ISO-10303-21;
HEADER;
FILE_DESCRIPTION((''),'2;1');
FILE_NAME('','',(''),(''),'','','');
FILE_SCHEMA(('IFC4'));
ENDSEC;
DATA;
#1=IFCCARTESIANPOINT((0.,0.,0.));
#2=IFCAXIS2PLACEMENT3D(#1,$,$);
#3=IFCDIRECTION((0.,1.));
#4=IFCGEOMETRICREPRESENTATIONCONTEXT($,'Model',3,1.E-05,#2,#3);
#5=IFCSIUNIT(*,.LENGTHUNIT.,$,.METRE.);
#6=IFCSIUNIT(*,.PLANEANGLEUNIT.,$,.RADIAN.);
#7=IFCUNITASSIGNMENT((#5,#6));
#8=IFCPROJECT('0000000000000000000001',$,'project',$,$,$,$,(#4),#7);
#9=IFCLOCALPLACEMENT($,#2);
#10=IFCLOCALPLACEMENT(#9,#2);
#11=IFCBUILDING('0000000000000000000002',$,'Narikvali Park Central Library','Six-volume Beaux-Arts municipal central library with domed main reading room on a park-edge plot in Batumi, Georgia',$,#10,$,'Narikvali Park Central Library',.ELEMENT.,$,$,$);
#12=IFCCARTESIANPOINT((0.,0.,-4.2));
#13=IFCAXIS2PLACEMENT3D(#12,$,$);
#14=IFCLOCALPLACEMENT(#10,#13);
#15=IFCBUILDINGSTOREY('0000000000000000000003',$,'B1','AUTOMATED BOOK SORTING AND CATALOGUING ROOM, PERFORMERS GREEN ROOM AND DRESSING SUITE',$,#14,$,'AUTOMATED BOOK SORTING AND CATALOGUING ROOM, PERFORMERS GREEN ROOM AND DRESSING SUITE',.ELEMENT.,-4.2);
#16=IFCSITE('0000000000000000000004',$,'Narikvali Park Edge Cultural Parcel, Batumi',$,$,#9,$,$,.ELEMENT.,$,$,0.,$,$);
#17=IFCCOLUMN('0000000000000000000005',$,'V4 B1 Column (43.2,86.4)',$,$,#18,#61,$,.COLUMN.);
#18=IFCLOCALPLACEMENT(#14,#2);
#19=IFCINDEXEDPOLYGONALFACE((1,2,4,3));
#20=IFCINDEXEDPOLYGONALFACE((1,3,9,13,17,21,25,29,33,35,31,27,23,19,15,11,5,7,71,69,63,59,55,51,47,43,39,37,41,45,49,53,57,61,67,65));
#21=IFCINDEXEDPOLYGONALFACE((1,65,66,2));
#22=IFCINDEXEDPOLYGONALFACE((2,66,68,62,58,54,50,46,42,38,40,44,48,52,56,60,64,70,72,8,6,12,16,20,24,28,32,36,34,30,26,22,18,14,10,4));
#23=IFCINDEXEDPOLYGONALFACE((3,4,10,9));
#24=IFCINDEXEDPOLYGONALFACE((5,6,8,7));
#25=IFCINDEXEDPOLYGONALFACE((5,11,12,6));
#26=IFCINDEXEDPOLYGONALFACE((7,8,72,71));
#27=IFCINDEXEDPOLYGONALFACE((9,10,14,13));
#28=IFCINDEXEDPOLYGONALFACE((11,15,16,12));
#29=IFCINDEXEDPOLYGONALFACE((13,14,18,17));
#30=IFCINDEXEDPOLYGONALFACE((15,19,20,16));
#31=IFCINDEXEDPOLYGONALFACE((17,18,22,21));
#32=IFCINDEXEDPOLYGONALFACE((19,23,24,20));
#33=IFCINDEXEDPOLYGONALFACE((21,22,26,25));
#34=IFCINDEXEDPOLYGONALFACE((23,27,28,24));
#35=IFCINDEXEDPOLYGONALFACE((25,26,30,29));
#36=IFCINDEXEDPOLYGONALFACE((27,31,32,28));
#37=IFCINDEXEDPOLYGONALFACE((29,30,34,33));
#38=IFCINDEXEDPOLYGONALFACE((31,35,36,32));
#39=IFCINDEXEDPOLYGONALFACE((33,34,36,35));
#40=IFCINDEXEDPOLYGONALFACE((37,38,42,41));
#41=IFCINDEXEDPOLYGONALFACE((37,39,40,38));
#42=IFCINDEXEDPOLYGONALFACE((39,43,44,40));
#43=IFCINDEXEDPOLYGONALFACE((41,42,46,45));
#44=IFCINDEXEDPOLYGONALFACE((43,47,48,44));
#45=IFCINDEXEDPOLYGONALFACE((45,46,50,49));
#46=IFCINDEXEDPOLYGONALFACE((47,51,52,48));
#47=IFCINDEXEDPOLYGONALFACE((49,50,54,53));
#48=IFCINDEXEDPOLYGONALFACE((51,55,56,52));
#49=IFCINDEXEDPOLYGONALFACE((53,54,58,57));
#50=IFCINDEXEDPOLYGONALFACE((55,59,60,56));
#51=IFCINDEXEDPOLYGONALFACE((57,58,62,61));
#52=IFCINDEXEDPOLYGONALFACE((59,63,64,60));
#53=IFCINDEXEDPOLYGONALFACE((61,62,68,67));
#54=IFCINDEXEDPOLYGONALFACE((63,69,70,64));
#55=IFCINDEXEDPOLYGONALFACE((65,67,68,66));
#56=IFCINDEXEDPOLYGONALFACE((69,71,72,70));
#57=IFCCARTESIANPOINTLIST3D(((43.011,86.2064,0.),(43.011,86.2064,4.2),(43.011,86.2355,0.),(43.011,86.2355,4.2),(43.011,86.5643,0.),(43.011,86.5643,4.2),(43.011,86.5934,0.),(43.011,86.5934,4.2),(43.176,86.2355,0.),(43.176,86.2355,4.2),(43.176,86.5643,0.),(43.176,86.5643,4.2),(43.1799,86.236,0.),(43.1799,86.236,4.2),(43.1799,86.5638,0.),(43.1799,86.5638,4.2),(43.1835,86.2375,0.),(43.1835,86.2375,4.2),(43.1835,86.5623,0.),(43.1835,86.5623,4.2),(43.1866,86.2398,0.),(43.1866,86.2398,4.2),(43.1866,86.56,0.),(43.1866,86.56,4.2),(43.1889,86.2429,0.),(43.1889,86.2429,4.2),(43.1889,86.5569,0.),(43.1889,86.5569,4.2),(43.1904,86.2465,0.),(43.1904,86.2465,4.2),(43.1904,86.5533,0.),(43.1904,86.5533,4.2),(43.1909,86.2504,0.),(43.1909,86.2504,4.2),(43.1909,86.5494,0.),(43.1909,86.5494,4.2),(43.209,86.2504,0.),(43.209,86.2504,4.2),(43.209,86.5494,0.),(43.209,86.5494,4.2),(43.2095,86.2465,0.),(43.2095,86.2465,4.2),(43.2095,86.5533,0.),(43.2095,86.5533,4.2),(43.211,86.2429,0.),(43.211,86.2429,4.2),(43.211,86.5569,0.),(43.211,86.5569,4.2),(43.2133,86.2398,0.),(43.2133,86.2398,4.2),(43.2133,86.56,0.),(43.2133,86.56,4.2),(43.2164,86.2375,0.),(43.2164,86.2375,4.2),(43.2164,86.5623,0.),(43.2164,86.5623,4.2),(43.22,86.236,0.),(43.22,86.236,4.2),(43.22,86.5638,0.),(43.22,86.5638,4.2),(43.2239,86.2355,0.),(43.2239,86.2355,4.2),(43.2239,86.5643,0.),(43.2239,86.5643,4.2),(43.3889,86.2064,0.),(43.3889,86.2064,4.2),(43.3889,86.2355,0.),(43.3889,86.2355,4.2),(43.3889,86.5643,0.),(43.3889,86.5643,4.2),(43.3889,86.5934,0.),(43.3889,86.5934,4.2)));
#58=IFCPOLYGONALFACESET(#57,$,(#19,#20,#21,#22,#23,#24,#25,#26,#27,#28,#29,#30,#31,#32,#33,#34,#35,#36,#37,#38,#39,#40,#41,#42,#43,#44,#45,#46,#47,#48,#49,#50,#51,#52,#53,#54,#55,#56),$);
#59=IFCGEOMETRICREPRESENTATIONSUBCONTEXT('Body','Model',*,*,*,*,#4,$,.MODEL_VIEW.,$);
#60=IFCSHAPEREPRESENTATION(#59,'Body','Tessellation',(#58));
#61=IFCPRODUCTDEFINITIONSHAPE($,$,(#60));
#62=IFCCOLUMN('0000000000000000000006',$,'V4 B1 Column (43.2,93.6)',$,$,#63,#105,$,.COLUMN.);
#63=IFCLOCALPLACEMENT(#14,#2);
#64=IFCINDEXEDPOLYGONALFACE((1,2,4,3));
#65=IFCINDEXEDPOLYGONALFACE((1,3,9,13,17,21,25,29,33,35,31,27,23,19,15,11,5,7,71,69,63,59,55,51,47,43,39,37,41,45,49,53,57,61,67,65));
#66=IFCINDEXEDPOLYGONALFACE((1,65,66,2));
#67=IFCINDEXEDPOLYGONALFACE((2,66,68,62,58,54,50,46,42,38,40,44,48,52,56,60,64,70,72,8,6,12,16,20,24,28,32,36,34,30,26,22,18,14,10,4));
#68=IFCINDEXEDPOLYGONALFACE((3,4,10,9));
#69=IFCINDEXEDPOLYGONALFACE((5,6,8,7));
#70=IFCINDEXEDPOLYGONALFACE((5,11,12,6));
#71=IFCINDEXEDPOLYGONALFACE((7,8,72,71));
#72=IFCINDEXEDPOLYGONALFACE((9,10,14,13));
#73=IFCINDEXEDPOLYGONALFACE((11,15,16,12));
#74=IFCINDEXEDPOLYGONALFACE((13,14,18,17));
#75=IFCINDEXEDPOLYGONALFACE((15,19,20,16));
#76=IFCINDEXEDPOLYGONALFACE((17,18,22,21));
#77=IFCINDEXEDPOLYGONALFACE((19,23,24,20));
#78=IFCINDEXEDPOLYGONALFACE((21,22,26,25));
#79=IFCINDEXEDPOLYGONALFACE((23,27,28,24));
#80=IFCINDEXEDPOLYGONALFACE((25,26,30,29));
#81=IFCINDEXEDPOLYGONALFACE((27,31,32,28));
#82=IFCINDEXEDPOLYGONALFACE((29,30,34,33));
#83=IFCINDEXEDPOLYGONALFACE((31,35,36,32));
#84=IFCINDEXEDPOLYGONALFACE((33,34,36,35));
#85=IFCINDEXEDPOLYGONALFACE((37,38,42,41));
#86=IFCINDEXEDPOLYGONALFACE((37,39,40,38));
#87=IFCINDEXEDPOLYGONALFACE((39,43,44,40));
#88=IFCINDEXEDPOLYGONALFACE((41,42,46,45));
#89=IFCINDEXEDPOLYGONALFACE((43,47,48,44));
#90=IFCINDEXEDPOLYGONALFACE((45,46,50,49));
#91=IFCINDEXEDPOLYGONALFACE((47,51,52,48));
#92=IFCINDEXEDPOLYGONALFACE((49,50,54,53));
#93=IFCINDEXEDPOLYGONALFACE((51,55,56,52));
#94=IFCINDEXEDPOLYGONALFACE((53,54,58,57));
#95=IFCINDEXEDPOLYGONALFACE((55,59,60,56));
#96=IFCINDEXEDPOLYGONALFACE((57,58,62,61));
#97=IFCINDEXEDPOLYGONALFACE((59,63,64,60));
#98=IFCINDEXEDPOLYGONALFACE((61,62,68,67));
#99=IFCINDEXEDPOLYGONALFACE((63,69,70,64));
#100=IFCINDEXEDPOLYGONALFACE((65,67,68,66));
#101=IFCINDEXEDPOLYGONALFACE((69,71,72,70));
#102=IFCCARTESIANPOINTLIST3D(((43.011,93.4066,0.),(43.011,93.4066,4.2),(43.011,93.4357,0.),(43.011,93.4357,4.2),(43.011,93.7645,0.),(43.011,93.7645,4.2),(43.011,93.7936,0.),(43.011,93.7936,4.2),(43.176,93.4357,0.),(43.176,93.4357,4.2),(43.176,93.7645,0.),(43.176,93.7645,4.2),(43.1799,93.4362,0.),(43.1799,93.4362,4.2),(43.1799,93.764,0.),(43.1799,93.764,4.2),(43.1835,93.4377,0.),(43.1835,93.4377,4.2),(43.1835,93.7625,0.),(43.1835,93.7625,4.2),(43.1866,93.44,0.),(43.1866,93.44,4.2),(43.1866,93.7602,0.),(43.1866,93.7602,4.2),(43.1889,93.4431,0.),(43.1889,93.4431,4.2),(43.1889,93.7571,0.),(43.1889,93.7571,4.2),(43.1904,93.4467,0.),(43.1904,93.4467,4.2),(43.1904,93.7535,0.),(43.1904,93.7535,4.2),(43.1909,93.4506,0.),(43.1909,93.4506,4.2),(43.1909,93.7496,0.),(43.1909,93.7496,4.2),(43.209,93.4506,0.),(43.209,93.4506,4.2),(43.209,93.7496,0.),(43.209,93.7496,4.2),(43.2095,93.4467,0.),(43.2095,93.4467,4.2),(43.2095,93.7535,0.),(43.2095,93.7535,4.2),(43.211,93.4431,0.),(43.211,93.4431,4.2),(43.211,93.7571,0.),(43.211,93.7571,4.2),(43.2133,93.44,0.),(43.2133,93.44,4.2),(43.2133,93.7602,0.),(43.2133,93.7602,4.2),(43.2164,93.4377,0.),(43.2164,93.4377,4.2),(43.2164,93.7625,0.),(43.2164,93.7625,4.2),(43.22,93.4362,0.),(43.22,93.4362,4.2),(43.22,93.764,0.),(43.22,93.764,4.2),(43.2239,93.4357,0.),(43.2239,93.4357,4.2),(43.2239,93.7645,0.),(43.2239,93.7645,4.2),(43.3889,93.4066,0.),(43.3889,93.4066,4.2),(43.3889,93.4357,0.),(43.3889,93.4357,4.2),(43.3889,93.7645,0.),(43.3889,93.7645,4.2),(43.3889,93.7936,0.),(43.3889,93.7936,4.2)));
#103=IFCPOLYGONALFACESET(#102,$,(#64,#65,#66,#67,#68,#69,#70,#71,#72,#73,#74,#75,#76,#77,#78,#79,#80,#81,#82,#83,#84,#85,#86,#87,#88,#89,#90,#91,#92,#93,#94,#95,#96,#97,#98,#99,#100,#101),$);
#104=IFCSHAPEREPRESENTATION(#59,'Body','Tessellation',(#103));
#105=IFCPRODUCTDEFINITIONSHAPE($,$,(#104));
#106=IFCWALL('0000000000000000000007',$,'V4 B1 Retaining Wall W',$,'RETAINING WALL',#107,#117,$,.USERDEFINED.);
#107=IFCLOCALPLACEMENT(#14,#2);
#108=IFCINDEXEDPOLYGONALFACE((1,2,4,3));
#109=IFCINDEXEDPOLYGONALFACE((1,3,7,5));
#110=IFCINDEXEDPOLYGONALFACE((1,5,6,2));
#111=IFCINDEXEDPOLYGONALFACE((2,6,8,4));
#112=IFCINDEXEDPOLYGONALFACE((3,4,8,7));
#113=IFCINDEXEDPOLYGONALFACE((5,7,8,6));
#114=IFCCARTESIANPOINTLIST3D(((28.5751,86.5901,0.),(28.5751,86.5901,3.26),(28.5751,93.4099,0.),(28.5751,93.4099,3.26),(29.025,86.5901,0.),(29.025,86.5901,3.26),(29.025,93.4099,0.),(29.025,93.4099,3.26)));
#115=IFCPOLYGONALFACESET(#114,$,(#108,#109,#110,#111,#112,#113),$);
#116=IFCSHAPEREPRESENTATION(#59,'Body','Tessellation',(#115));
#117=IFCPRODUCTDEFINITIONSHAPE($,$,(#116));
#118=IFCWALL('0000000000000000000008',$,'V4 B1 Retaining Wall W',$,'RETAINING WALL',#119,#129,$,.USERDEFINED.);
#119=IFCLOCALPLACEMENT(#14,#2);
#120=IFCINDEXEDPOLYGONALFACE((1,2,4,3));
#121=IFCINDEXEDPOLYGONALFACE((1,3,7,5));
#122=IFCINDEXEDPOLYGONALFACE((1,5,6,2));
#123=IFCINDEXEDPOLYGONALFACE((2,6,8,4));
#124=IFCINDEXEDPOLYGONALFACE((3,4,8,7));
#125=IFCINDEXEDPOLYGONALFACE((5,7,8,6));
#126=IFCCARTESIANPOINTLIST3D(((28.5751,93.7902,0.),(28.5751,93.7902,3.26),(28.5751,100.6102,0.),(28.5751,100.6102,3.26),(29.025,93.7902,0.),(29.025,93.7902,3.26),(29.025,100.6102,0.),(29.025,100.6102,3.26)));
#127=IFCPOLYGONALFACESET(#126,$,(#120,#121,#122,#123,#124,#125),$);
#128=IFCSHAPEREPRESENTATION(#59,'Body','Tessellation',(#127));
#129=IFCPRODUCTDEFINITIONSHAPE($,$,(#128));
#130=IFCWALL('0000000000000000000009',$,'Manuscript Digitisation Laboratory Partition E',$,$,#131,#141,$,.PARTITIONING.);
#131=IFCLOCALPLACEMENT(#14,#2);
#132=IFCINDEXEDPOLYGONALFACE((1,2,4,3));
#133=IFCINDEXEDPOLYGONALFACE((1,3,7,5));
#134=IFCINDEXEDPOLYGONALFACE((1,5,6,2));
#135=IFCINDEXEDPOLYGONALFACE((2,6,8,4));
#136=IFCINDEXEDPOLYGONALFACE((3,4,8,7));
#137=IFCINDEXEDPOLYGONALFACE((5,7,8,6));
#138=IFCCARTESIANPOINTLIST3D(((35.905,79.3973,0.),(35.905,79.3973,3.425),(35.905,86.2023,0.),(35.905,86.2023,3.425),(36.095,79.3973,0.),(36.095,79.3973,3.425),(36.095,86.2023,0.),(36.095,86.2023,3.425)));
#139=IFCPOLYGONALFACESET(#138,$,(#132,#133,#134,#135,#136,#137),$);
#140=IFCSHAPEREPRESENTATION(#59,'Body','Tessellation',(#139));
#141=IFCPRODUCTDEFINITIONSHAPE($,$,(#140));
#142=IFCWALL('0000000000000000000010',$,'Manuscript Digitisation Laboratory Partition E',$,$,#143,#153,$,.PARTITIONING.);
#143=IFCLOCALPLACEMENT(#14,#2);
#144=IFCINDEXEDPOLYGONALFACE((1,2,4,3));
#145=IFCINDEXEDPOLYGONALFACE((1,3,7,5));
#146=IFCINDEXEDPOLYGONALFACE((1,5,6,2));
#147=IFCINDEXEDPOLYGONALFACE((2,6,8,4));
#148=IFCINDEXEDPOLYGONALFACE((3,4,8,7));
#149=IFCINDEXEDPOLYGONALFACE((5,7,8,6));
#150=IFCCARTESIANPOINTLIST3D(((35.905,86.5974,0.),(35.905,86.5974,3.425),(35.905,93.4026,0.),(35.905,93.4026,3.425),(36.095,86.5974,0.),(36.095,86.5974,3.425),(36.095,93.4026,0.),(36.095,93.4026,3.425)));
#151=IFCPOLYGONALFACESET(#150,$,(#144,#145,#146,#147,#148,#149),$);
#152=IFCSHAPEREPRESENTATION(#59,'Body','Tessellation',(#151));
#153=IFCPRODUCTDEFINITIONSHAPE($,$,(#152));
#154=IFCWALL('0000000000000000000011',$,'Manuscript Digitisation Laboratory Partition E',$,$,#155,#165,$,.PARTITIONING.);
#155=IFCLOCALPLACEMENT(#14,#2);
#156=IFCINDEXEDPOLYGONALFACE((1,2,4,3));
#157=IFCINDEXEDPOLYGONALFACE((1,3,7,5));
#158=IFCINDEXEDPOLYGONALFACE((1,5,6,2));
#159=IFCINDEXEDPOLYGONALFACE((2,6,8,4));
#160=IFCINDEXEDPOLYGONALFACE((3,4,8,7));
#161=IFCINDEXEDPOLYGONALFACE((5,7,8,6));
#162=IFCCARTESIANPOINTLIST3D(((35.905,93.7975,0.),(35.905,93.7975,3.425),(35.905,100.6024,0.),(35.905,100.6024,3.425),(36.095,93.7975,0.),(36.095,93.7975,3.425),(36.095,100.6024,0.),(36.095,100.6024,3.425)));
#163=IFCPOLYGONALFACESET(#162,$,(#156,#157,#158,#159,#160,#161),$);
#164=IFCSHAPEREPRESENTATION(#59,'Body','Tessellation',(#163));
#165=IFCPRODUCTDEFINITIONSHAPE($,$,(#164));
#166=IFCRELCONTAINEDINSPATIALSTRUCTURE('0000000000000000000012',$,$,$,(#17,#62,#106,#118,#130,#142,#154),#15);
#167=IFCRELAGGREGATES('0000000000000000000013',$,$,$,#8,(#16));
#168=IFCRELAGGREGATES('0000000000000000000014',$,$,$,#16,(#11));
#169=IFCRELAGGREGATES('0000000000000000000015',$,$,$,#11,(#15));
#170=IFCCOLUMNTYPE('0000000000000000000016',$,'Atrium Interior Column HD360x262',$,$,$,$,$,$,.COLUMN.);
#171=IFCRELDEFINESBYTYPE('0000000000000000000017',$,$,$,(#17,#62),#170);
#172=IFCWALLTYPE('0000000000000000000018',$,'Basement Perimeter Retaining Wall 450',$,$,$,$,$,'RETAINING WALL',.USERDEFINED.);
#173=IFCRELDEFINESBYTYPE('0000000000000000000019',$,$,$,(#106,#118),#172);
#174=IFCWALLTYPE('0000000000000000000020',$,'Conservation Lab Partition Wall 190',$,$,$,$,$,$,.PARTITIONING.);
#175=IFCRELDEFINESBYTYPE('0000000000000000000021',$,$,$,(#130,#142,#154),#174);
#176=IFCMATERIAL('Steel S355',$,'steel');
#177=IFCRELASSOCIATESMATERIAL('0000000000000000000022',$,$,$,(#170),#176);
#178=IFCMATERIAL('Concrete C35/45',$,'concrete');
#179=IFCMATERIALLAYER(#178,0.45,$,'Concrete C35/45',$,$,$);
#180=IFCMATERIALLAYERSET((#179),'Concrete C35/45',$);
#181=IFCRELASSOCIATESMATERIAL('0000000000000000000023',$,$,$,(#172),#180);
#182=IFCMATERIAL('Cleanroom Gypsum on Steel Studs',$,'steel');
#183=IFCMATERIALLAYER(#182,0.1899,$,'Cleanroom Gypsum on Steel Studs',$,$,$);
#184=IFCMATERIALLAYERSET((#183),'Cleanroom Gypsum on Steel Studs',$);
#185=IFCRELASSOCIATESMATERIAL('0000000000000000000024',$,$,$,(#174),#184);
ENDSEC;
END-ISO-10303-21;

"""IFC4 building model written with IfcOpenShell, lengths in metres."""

from ifc_helpers import new_model, si_unit, direction, frame, frame_2d, origin, origin_2d, place, context, subcontext, project, spatial, rectangle, i_section, extrude, material, layer, layer_set, material_profile, profile_set, type_object, element, save


model = new_model("IFC4")

# Units and contexts
model_context = context("Model", 3, precision=1e-05, world=origin(), true_north=direction((0.0, 1.0)))
body_context = subcontext(model_context, "Body", "Model", "MODEL_VIEW")
ifc_project = project(units=[si_unit("LENGTHUNIT", "METRE"), si_unit("PLANEANGLEUNIT", "RADIAN")], contexts=[model_context])

# Site, building, storey
site_placement = place(None, origin())
site = spatial("IfcSite", under=ifc_project, at=site_placement, Name="Narikvali Park Edge Cultural Parcel, Batumi", CompositionType="ELEMENT", RefElevation=0.0)
building_placement = place(site_placement, origin())
building = spatial("IfcBuilding", under=site, at=building_placement, Name="Narikvali Park Central Library", Description="Six-volume Beaux-Arts municipal central library with domed main reading room on a park-edge plot in Batumi, Georgia", LongName="Narikvali Park Central Library", CompositionType="ELEMENT")
storey_placement = place(building_placement, frame((0.0, 0.0, -4.2)))
storey = spatial("IfcBuildingStorey", under=building, at=storey_placement, Name="B1", Description="AUTOMATED BOOK SORTING AND CATALOGUING ROOM, PERFORMERS GREEN ROOM AND DRESSING SUITE", LongName="AUTOMATED BOOK SORTING AND CATALOGUING ROOM, PERFORMERS GREEN ROOM AND DRESSING SUITE", CompositionType="ELEMENT", Elevation=-4.2)

# Shared definitions
ifc_material_1 = material(Name="Concrete C35/45", Category="concrete")

# Columns
ifc_material_2 = material(Name="Steel S355", Category="steel")
ifc_material_profile_1 = material_profile(ifc_material_2, i_section(OverallWidth=0.3779, OverallDepth=0.387, WebThickness=0.0181, FlangeThickness=0.0291, FilletRadius=0.0149, at=origin_2d()), Name="HD 360x262")
ifc_profile_set_1 = profile_set([ifc_material_profile_1], Name="Steel S355")
column_type_1 = type_object("IfcColumnType", Name="Atrium Interior Column HD360x262", PredefinedType="COLUMN", material=ifc_profile_set_1)
for number, where, z_axis, x_axis, name in (
    (1, (43.2, 86.3999, 0.0), (0.0, 0.0, 1.0), (1.0, 0.0, 0.0), "V4 B1 Column (43.2,86.4)"),
    (2, (43.2, 93.6001, 0.0), (0.0, 0.0, 1.0), (1.0, 0.0, 0.0), "V4 B1 Column (43.2,93.6)"),
):
    element("IfcColumn", number, at=place(storey_placement, frame(where, z_axis=z_axis, x_axis=x_axis)), inside=storey, type_object=column_type_1, Name=name, PredefinedType="COLUMN", context=body_context, shape_type="SweptSolid", body=[
        extrude(i_section(OverallWidth=0.3779, OverallDepth=0.387, WebThickness=0.0181, FlangeThickness=0.0291, FilletRadius=0.0149, at=origin_2d()), origin(), (0.0, 0.0, 1.0), 4.2),
    ])

# Walls
ifc_layer_1 = layer(ifc_material_1, 0.45, Name="Concrete C35/45")
ifc_layer_set_1 = layer_set([ifc_layer_1], Name="Concrete C35/45")
wall_type_1 = type_object("IfcWallType", Name="Basement Perimeter Retaining Wall 450", ElementType="RETAINING WALL", PredefinedType="USERDEFINED", material=ifc_layer_set_1)
wall_1_placement = place(storey_placement, frame((28.8, 86.5901, 0.0), z_axis=(0.0, 0.0, 1.0), x_axis=(0.0, 1.0, 0.0)))
element("IfcWall", 3, at=wall_1_placement, inside=storey, type_object=wall_type_1, Name="V4 B1 Retaining Wall W", ObjectType="RETAINING WALL", PredefinedType="USERDEFINED", context=body_context, shape_type="SweptSolid", body=[
    extrude(rectangle(XDim=6.8198, YDim=0.45, at=frame_2d((3.4099, 0.0))), origin(), (0.0, 0.0, 1.0), 3.26),
])
wall_2_placement = place(storey_placement, frame((28.8, 93.79, 0.0), z_axis=(0.0, 0.0, 1.0), x_axis=(0.0, 1.0, 0.0)))
element("IfcWall", 4, at=wall_2_placement, inside=storey, type_object=wall_type_1, Name="V4 B1 Retaining Wall W", ObjectType="RETAINING WALL", PredefinedType="USERDEFINED", context=body_context, shape_type="SweptSolid", body=[
    extrude(rectangle(XDim=6.8201, YDim=0.45, at=frame_2d((3.4102, 0.0))), origin(), (0.0, 0.0, 1.0), 3.26),
])
ifc_material_3 = material(Name="Cleanroom Gypsum on Steel Studs", Category="steel")
ifc_layer_2 = layer(ifc_material_3, 0.1899, Name="Cleanroom Gypsum on Steel Studs")
ifc_layer_set_2 = layer_set([ifc_layer_2], Name="Cleanroom Gypsum on Steel Studs")
wall_type_2 = type_object("IfcWallType", Name="Conservation Lab Partition Wall 190", PredefinedType="PARTITIONING", material=ifc_layer_set_2)
wall_3_placement = place(storey_placement, frame((36.0, 79.3975, 0.0), z_axis=(0.0, 0.0, 1.0), x_axis=(0.0, 1.0, 0.0)))
element("IfcWall", 5, at=wall_3_placement, inside=storey, type_object=wall_type_2, Name="Manuscript Digitisation Laboratory Partition E", PredefinedType="PARTITIONING", context=body_context, shape_type="SweptSolid", body=[
    extrude(rectangle(XDim=6.8049, YDim=0.1899, at=frame_2d((3.4023, 0.0))), origin(), (0.0, 0.0, 1.0), 3.425),
])
wall_4_placement = place(storey_placement, frame((36.0, 86.5974, 0.0), z_axis=(0.0, 0.0, 1.0), x_axis=(0.0, 1.0, 0.0)))
element("IfcWall", 6, at=wall_4_placement, inside=storey, type_object=wall_type_2, Name="Manuscript Digitisation Laboratory Partition E", PredefinedType="PARTITIONING", context=body_context, shape_type="SweptSolid", body=[
    extrude(rectangle(XDim=6.8052, YDim=0.1899, at=frame_2d((3.4026, 0.0))), origin(), (0.0, 0.0, 1.0), 3.425),
])
wall_5_placement = place(storey_placement, frame((36.0, 93.7976, 0.0), z_axis=(0.0, 0.0, 1.0), x_axis=(0.0, 1.0, 0.0)))
element("IfcWall", 7, at=wall_5_placement, inside=storey, type_object=wall_type_2, Name="Manuscript Digitisation Laboratory Partition E", PredefinedType="PARTITIONING", context=body_context, shape_type="SweptSolid", body=[
    extrude(rectangle(XDim=6.8049, YDim=0.1899, at=frame_2d((3.4023, 0.0))), origin(), (0.0, 0.0, 1.0), 3.425),
])

save(model, "model.ifc")
